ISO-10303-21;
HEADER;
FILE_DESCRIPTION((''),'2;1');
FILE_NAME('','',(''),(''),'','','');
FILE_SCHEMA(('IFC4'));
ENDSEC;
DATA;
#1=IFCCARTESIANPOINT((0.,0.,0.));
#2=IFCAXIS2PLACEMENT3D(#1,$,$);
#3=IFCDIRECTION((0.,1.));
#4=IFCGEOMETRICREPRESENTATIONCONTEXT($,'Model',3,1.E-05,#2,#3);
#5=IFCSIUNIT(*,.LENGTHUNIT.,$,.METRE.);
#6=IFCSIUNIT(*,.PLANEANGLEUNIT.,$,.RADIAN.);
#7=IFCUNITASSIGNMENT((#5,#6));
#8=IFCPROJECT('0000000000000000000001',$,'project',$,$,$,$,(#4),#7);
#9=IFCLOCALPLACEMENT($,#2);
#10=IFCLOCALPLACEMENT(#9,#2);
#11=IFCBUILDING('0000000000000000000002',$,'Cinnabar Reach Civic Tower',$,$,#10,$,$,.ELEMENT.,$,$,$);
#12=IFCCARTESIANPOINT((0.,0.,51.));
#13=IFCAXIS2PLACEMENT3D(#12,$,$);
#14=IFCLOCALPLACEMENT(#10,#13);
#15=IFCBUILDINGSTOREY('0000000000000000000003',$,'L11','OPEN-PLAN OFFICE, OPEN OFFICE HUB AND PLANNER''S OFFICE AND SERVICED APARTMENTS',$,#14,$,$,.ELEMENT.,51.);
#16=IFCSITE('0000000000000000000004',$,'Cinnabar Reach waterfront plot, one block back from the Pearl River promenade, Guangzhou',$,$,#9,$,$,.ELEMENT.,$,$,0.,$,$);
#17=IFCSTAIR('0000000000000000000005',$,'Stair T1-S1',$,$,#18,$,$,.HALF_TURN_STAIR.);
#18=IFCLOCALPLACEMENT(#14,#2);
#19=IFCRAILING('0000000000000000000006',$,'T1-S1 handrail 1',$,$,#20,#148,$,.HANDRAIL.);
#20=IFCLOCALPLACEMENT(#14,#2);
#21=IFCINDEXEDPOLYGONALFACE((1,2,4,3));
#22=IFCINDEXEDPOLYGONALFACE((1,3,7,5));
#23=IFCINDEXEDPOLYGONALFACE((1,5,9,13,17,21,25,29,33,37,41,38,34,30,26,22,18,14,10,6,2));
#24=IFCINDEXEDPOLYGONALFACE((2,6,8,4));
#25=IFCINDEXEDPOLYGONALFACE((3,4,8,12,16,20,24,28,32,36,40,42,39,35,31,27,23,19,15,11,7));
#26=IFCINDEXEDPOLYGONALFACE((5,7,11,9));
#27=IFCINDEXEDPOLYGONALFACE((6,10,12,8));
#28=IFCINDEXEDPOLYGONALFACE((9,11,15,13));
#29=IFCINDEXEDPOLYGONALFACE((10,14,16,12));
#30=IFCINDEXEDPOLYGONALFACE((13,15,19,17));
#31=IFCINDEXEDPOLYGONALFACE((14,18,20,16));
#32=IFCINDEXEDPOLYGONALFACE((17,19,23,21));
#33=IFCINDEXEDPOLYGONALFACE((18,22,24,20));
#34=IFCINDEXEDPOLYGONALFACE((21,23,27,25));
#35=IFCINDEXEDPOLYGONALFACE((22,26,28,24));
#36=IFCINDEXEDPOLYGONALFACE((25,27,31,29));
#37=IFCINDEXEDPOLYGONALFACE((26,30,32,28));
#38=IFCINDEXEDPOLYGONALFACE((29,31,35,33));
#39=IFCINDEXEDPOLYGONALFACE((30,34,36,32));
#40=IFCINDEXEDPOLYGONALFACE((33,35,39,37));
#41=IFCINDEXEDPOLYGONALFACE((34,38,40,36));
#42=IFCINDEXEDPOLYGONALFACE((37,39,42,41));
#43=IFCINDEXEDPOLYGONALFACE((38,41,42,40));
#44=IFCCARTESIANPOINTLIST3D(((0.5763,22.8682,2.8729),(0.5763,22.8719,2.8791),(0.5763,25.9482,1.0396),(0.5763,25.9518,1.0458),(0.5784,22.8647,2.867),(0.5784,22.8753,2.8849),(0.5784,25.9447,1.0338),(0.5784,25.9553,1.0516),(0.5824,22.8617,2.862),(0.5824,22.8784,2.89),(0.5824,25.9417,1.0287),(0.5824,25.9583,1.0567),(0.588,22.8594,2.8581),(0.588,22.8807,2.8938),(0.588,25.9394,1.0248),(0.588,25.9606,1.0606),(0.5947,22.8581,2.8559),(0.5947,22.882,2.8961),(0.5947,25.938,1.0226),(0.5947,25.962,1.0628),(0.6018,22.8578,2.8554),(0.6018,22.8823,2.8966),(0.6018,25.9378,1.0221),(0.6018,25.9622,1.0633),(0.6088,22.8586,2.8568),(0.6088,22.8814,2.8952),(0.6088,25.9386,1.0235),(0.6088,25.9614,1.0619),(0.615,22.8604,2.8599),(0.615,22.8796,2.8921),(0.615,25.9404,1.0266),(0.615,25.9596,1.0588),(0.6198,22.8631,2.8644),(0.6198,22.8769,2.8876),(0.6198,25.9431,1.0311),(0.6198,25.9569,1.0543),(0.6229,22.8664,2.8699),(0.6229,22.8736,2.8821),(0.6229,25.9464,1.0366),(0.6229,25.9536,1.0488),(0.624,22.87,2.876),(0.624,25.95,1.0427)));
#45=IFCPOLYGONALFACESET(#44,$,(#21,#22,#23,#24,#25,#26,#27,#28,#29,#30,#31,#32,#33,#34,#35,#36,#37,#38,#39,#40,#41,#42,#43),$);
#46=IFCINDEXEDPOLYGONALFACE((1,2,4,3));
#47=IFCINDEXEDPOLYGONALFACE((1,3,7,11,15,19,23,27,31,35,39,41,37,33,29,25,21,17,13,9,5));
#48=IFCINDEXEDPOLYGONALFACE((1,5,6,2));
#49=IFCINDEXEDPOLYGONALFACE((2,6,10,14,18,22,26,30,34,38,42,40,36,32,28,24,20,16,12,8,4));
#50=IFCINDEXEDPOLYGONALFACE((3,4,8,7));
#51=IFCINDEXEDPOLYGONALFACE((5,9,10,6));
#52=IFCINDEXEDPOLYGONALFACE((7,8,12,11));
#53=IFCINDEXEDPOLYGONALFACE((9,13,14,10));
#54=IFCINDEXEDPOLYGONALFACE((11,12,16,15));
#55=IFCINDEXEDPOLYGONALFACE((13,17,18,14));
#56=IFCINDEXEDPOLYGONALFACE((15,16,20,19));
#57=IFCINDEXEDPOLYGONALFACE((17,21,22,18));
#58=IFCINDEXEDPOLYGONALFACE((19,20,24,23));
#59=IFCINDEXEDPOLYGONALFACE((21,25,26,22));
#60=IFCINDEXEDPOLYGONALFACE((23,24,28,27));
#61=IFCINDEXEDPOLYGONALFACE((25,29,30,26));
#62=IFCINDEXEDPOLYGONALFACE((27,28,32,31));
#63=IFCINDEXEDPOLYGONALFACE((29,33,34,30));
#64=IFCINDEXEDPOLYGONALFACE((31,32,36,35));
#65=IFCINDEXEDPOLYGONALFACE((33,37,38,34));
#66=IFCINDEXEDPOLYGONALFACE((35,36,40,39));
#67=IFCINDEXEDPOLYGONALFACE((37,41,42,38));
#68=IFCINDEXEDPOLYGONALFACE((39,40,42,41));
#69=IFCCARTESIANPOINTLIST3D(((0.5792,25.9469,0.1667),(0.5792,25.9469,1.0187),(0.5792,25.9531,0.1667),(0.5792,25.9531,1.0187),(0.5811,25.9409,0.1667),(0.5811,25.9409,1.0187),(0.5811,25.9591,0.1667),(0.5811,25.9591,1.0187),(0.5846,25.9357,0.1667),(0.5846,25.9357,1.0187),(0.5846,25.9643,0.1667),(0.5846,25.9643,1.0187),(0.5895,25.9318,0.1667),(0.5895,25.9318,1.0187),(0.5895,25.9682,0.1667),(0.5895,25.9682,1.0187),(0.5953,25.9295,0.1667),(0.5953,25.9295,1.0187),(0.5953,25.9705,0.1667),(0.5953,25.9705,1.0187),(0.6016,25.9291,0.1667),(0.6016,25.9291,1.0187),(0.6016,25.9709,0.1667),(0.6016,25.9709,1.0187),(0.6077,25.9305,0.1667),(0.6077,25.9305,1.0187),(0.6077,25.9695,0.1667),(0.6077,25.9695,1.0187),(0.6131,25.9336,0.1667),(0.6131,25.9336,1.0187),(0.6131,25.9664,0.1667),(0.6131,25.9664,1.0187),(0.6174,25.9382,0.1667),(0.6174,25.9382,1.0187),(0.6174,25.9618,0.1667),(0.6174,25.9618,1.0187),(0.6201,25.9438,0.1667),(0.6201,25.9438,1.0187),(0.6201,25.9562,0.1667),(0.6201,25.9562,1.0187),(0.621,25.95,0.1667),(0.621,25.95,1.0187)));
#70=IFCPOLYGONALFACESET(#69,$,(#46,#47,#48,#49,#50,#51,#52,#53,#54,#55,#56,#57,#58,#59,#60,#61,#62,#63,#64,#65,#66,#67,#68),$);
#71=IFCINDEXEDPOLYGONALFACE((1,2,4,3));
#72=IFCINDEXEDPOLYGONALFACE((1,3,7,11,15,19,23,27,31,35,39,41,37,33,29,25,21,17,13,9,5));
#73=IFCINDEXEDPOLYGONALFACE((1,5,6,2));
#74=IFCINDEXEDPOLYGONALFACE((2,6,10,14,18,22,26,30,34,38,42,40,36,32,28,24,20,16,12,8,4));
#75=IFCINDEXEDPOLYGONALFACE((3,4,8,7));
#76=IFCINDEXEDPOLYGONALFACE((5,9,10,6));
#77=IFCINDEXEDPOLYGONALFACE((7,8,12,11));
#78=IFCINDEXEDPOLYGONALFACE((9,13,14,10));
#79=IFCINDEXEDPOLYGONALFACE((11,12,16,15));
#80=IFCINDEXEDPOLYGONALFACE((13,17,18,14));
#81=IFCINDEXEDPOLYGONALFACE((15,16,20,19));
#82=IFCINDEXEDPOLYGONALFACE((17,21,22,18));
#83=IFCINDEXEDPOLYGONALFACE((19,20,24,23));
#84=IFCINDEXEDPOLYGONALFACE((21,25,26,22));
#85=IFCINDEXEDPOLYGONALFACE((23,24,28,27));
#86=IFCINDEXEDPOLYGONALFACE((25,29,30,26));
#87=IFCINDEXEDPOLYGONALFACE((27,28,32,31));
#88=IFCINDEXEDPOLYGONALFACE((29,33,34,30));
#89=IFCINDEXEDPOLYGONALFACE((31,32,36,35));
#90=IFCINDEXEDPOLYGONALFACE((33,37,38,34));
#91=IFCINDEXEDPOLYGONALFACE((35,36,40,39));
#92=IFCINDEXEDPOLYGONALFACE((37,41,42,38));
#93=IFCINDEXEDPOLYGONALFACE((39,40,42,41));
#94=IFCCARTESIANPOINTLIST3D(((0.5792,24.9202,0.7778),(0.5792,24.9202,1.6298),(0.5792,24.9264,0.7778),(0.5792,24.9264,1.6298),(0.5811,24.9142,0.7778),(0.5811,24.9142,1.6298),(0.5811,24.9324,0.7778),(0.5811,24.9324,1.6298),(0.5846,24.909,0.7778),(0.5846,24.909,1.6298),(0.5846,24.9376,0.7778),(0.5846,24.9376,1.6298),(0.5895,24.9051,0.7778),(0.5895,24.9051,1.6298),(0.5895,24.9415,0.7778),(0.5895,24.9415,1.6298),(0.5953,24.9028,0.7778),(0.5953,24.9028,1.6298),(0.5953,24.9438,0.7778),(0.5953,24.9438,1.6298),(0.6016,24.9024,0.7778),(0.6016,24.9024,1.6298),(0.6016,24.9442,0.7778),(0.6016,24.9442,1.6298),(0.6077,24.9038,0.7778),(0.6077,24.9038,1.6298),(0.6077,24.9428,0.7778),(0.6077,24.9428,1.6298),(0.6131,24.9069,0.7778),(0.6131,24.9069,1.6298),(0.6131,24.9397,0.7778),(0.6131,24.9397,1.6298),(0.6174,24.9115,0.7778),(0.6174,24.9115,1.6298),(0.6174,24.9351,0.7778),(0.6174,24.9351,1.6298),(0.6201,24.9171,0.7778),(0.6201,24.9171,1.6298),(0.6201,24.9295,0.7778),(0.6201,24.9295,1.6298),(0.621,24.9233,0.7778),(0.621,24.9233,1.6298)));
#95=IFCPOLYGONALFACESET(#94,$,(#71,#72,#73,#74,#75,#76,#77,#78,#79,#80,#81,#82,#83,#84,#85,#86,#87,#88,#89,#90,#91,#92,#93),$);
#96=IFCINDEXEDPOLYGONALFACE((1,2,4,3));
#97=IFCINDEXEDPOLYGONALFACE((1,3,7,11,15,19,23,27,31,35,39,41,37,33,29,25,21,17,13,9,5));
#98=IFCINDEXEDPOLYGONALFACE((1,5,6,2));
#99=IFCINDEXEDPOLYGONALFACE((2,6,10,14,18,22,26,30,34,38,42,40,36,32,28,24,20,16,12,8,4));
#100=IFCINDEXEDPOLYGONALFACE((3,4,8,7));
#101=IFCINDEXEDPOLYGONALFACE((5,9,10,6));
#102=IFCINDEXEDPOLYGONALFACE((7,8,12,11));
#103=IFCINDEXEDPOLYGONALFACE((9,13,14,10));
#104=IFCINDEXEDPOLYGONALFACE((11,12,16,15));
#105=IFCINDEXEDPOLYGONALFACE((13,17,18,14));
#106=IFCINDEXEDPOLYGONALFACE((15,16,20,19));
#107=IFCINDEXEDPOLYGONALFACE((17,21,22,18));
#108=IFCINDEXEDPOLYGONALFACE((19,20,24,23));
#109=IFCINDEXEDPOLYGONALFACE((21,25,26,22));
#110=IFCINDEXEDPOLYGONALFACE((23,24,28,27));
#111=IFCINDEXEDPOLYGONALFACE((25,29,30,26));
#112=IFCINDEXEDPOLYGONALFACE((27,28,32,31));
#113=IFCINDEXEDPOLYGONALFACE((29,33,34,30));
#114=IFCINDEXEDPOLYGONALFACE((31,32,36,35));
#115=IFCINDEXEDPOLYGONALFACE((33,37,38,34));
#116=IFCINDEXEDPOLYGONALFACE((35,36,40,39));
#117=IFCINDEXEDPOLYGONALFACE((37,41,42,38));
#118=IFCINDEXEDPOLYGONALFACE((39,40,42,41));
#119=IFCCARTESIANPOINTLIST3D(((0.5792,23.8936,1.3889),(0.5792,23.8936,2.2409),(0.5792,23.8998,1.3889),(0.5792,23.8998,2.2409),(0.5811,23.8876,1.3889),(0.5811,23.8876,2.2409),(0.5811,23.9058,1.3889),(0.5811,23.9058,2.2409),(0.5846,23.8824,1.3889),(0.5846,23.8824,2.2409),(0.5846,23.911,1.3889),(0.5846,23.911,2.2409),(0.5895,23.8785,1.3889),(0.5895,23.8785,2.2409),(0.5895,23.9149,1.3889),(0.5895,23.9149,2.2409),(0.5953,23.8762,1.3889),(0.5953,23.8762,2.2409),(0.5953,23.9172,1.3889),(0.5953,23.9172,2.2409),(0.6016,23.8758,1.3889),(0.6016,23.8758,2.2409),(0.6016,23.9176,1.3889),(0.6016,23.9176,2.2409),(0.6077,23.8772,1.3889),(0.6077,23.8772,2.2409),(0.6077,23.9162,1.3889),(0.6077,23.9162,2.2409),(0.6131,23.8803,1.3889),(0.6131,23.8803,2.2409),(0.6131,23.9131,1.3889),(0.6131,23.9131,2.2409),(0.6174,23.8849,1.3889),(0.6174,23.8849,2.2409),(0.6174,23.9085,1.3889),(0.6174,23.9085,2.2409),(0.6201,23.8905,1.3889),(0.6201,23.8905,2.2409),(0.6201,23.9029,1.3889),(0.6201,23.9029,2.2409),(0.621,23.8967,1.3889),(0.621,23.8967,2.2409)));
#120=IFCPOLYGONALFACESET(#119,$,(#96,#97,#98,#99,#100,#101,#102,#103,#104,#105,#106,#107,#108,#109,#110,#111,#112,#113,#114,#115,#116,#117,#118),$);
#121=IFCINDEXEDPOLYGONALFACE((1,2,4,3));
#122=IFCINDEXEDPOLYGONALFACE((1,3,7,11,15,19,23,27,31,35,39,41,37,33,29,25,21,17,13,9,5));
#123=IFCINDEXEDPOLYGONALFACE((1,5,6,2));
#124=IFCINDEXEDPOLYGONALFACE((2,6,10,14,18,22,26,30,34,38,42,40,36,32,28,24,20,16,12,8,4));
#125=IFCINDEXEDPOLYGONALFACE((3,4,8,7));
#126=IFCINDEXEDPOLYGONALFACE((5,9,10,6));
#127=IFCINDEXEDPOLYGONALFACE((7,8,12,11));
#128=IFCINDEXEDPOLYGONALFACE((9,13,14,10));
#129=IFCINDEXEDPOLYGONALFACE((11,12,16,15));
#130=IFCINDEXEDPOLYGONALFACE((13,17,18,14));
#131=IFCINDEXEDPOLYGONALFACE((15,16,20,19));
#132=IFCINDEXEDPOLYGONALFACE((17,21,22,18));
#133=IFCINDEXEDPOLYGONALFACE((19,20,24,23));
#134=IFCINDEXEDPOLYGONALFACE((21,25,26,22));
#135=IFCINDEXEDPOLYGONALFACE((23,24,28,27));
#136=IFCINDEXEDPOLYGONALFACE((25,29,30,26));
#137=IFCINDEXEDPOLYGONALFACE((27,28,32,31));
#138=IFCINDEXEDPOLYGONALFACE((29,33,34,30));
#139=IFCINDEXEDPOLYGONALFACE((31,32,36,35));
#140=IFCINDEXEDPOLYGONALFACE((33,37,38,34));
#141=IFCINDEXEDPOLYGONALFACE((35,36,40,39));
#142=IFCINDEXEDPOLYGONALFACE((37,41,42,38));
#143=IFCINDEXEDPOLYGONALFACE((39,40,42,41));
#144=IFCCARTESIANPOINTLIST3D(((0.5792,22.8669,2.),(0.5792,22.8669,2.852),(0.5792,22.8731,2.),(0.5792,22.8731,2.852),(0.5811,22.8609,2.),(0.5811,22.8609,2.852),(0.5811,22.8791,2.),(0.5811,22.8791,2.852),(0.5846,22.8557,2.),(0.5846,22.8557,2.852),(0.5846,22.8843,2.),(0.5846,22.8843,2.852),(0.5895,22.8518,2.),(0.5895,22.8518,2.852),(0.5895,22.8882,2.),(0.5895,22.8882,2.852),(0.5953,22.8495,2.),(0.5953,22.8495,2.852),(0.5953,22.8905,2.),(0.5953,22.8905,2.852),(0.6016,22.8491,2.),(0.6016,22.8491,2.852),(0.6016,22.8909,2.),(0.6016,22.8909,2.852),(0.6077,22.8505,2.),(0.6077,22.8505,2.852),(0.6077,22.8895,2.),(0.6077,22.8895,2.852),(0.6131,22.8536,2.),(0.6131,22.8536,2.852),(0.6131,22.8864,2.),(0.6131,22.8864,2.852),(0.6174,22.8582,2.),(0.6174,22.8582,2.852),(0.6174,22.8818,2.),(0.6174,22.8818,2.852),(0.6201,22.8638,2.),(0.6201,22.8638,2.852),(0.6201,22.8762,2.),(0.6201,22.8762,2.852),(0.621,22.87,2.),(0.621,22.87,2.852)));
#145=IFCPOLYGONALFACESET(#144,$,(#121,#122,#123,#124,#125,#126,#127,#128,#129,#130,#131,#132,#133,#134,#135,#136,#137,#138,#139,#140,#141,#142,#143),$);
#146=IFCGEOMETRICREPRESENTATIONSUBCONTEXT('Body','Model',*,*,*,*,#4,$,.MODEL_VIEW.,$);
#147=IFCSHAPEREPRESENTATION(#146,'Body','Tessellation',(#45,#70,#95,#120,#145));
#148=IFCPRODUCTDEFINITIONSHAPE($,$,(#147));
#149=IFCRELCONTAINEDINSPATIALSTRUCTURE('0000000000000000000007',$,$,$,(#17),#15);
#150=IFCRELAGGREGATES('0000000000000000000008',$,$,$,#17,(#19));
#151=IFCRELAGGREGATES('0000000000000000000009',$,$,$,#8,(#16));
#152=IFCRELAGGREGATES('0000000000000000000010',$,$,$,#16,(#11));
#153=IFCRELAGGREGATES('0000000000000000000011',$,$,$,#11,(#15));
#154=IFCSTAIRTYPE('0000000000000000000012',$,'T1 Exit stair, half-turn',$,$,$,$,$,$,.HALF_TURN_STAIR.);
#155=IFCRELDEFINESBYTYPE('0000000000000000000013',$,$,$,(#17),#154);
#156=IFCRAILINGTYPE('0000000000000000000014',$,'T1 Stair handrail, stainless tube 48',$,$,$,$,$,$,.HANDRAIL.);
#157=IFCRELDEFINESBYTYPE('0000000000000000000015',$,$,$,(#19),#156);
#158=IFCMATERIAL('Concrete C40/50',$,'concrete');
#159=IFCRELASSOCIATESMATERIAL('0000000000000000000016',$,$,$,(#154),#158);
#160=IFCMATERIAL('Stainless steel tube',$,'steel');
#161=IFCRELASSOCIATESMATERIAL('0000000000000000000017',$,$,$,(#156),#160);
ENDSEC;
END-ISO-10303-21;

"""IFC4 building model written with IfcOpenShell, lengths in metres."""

from ifc_helpers import new_model, si_unit, direction, frame, origin, origin_2d, place, context, subcontext, project, spatial, circle, extrude, material, type_object, element, aggregate, save


model = new_model("IFC4")

# Units and contexts
model_context = context("Model", 3, precision=1e-05, world=origin(), true_north=direction((0.0, 1.0)))
body_context = subcontext(model_context, "Body", "Model", "MODEL_VIEW")
ifc_project = project(units=[si_unit("LENGTHUNIT", "METRE"), si_unit("PLANEANGLEUNIT", "RADIAN")], contexts=[model_context])

# Site, building, storey
site_placement = place(None, origin())
site = spatial("IfcSite", under=ifc_project, at=site_placement, Name="Cinnabar Reach waterfront plot, one block back from the Pearl River promenade, Guangzhou", CompositionType="ELEMENT", RefElevation=0.0)
building_placement = place(site_placement, origin())
building = spatial("IfcBuilding", under=site, at=building_placement, Name="Cinnabar Reach Civic Tower", CompositionType="ELEMENT")
storey_placement = place(building_placement, frame((0.0, 0.0, 51.0)))
storey = spatial("IfcBuildingStorey", under=building, at=storey_placement, Name="L11", Description="OPEN-PLAN OFFICE, OPEN OFFICE HUB AND PLANNER'S OFFICE AND SERVICED APARTMENTS", CompositionType="ELEMENT", Elevation=51.0)

# Stair, railing
ifc_material_1 = material(Name="Concrete C40/50", Category="concrete")
stair_type = type_object("IfcStairType", Name="T1 Exit stair, half-turn", PredefinedType="HALF_TURN_STAIR", material=ifc_material_1)
stair_placement = place(storey_placement, origin())
stair = element("IfcStair", 1, at=stair_placement, inside=storey, type_object=stair_type, Name="Stair T1-S1", PredefinedType="HALF_TURN_STAIR")
ifc_material_2 = material(Name="Stainless steel tube", Category="steel")
railing_type = type_object("IfcRailingType", Name="T1 Stair handrail, stainless tube 48", PredefinedType="HANDRAIL", material=ifc_material_2)
railing_placement = place(storey_placement, frame((0.6, 25.95, 0.1667)))
railing = element("IfcRailing", 2, at=railing_placement, type_object=railing_type, Name="T1-S1 handrail 1", PredefinedType="HANDRAIL", context=body_context, shape_type="SweptSolid", body=[
    extrude(circle(Radius=0.024, at=origin_2d()), frame((0.0, 0.0, 0.876), z_axis=(0.0, -0.859297, 0.511477), x_axis=(1.0, 0.0, 0.0)), (0.0, 0.0, 1.0), 3.5843),
    extrude(circle(Radius=0.021, at=origin_2d()), origin(), (0.0, 0.0, 1.0), 0.852),
    extrude(circle(Radius=0.021, at=origin_2d()), frame((0.0, -1.0267, 0.6111)), (0.0, 0.0, 1.0), 0.852),
    extrude(circle(Radius=0.021, at=origin_2d()), frame((0.0, -2.0533, 1.2222)), (0.0, 0.0, 1.0), 0.852),
    extrude(circle(Radius=0.021, at=origin_2d()), frame((0.0, -3.08, 1.8333)), (0.0, 0.0, 1.0), 0.852),
])
aggregate(stair, [railing])

save(model, "model.ifc")
